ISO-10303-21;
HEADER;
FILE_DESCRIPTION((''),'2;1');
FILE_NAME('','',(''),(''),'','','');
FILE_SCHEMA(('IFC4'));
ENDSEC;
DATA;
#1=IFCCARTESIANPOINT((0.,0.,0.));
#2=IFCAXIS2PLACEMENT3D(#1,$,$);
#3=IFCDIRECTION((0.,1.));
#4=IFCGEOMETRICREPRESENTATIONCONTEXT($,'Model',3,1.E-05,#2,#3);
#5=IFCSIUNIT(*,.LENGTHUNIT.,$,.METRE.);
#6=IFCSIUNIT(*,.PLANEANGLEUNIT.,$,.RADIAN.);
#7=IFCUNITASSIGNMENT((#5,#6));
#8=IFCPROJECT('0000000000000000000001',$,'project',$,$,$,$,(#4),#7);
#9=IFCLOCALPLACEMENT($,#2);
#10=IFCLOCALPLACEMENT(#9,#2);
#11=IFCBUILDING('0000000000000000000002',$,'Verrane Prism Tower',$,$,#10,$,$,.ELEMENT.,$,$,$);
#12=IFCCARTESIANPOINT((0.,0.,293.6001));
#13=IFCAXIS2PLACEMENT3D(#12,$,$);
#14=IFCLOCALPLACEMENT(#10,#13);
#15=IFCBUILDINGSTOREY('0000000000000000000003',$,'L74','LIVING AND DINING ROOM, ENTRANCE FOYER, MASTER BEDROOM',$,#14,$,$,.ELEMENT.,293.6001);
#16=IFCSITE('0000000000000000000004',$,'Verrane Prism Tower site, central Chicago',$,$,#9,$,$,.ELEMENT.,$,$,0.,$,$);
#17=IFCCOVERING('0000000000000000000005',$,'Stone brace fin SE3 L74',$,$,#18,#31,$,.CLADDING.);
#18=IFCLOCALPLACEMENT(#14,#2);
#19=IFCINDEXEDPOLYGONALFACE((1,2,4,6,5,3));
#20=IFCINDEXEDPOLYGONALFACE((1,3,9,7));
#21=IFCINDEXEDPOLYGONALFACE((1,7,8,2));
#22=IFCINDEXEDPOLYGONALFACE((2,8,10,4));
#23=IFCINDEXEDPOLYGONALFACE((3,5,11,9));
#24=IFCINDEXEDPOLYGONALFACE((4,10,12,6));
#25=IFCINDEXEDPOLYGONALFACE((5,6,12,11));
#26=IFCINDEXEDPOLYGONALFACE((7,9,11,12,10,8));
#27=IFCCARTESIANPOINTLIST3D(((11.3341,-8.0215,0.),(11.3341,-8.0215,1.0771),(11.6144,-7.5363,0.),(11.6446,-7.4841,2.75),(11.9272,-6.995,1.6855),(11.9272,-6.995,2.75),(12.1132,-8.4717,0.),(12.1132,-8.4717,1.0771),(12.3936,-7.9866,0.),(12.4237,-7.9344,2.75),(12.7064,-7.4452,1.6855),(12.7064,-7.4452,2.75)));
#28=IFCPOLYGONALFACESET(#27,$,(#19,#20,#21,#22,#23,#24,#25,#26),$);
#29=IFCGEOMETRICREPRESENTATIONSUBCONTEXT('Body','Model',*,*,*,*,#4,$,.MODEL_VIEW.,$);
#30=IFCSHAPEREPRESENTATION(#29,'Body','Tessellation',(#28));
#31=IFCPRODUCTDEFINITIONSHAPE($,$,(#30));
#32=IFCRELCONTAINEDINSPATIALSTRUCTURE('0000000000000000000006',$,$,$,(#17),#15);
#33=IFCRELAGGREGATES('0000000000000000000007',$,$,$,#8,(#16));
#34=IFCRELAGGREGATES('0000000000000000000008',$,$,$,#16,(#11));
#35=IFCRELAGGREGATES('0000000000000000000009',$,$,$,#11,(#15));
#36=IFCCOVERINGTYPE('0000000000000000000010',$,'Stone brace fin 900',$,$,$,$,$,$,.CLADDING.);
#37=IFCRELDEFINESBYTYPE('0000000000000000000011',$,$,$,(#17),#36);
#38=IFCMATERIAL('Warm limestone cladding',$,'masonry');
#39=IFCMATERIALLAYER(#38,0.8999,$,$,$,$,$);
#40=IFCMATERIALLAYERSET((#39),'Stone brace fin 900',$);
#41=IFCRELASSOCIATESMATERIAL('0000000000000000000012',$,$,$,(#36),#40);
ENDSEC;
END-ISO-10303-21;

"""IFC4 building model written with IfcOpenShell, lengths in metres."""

from ifc_helpers import new_model, si_unit, direction, frame, origin, place, context, subcontext, project, spatial, polyline, outline, extrude, material, layer, layer_set, type_object, element, save


model = new_model("IFC4")

# Units and contexts
model_context = context("Model", 3, precision=1e-05, world=origin(), true_north=direction((0.0, 1.0)))
body_context = subcontext(model_context, "Body", "Model", "MODEL_VIEW")
ifc_project = project(units=[si_unit("LENGTHUNIT", "METRE"), si_unit("PLANEANGLEUNIT", "RADIAN")], contexts=[model_context])

# Site, building, storey
site_placement = place(None, origin())
site = spatial("IfcSite", under=ifc_project, at=site_placement, Name="Verrane Prism Tower site, central Chicago", CompositionType="ELEMENT", RefElevation=0.0)
building_placement = place(site_placement, origin())
building = spatial("IfcBuilding", under=site, at=building_placement, Name="Verrane Prism Tower", CompositionType="ELEMENT")
storey_placement = place(building_placement, frame((0.0, 0.0, 293.6001)))
storey = spatial("IfcBuildingStorey", under=building, at=storey_placement, Name="L74", Description="LIVING AND DINING ROOM, ENTRANCE FOYER, MASTER BEDROOM", CompositionType="ELEMENT", Elevation=293.6001)

# Covering
ifc_material_1 = material(Name="Warm limestone cladding", Category="masonry")
ifc_layer_1 = layer(ifc_material_1, 0.8999)
ifc_layer_set_1 = layer_set([ifc_layer_1], Name="Stone brace fin 900")
covering_type = type_object("IfcCoveringType", Name="Stone brace fin 900", PredefinedType="CLADDING", material=ifc_layer_set_1)
covering_placement = place(storey_placement, frame((11.7236, -8.2466, 0.0), z_axis=(0.0, 0.0, 1.0), x_axis=(0.500346, 0.865825, 0.0)))
element("IfcCovering", 1, at=covering_placement, inside=storey, type_object=covering_type, Name="Stone brace fin SE3 L74", PredefinedType="CLADDING", context=body_context, shape_type="SweptSolid", body=[
    extrude(outline(polyline([(1.1855, 2.75), (0.6206, 2.75), (0.0, 1.0771), (0.0, 0.0), (0.5603, 0.0), (1.1855, 1.6855), (1.1855, 2.75)])), frame((0.0, 0.45, 0.0), z_axis=(0.0, -1.0, 0.0), x_axis=(1.0, 0.0, 0.0)), (0.0, 0.0, 1.0), 0.8999),
])

save(model, "model.ifc")
